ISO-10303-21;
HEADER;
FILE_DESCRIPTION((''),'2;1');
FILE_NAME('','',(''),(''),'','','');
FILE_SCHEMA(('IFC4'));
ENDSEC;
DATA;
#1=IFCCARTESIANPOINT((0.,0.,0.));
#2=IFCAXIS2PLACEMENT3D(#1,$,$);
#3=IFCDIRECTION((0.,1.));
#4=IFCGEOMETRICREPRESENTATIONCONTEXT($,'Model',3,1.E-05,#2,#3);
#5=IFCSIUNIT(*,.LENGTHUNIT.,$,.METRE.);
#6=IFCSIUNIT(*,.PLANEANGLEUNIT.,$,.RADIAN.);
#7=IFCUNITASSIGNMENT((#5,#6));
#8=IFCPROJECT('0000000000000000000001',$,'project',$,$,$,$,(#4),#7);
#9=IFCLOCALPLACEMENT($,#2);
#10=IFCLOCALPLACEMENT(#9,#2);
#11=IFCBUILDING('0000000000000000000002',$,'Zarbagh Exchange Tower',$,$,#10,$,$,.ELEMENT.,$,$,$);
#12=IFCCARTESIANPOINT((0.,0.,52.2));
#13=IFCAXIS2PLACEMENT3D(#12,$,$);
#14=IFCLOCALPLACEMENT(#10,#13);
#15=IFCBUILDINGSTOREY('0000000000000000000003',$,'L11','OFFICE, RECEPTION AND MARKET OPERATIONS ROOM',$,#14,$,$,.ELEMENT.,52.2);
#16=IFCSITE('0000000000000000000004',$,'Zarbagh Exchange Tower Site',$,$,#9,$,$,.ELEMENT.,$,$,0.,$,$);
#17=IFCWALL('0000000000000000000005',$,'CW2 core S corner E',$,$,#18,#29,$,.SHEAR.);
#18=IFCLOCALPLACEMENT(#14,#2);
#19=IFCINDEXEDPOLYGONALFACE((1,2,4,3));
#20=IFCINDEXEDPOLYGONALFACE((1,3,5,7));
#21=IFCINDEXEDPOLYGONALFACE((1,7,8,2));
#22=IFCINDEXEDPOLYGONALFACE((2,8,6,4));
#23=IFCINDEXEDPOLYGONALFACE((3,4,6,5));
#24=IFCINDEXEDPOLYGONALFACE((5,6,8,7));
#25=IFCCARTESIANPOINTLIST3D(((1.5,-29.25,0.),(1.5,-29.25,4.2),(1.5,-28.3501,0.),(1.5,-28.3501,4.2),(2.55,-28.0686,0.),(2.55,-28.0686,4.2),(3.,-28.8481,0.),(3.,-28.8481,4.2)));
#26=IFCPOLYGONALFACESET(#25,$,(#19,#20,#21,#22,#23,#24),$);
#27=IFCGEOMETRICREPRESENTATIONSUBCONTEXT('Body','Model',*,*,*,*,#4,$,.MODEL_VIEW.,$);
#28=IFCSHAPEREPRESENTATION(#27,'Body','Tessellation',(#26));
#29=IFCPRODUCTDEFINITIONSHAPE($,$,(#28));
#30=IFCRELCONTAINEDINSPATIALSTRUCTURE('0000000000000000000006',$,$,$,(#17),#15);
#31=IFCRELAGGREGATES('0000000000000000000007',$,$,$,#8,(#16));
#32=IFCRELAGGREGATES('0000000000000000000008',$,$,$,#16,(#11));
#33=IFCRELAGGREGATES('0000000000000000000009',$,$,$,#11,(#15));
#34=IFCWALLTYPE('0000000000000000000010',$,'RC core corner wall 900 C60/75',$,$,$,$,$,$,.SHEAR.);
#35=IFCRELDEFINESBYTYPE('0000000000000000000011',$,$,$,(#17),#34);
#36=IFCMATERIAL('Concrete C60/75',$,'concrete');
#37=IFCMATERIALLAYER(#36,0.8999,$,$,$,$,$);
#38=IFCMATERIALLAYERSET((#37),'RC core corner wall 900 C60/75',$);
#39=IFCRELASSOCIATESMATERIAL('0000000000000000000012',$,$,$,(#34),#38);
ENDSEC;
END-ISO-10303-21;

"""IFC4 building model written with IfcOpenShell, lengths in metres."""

from ifc_helpers import new_model, si_unit, direction, frame, origin, place, context, subcontext, project, spatial, polyline, outline, extrude, material, layer, layer_set, type_object, element, save


model = new_model("IFC4")

# Units and contexts
model_context = context("Model", 3, precision=1e-05, world=origin(), true_north=direction((0.0, 1.0)))
body_context = subcontext(model_context, "Body", "Model", "MODEL_VIEW")
ifc_project = project(units=[si_unit("LENGTHUNIT", "METRE"), si_unit("PLANEANGLEUNIT", "RADIAN")], contexts=[model_context])

# Site, building, storey
site_placement = place(None, origin())
site = spatial("IfcSite", under=ifc_project, at=site_placement, Name="Zarbagh Exchange Tower Site", CompositionType="ELEMENT", RefElevation=0.0)
building_placement = place(site_placement, origin())
building = spatial("IfcBuilding", under=site, at=building_placement, Name="Zarbagh Exchange Tower", CompositionType="ELEMENT")
storey_placement = place(building_placement, frame((0.0, 0.0, 52.2)))
storey = spatial("IfcBuildingStorey", under=building, at=storey_placement, Name="L11", Description="OFFICE, RECEPTION AND MARKET OPERATIONS ROOM", CompositionType="ELEMENT", Elevation=52.2)

# Wall
ifc_material_1 = material(Name="Concrete C60/75", Category="concrete")
ifc_layer_1 = layer(ifc_material_1, 0.8999)
ifc_layer_set_1 = layer_set([ifc_layer_1], Name="RC core corner wall 900 C60/75")
wall_type = type_object("IfcWallType", Name="RC core corner wall 900 C60/75", PredefinedType="SHEAR", material=ifc_layer_set_1)
wall_1_placement = place(storey_placement, origin())
element("IfcWall", 1, at=wall_1_placement, inside=storey, type_object=wall_type, Name="CW2 core S corner E", PredefinedType="SHEAR", context=body_context, shape_type="SweptSolid", body=[
    extrude(outline(polyline([(3.0, -28.8481), (1.5, -29.25), (1.5, -28.3501), (2.55, -28.0686), (3.0, -28.8481)])), origin(), (0.0, 0.0, 1.0), 4.2),
])

save(model, "model.ifc")
